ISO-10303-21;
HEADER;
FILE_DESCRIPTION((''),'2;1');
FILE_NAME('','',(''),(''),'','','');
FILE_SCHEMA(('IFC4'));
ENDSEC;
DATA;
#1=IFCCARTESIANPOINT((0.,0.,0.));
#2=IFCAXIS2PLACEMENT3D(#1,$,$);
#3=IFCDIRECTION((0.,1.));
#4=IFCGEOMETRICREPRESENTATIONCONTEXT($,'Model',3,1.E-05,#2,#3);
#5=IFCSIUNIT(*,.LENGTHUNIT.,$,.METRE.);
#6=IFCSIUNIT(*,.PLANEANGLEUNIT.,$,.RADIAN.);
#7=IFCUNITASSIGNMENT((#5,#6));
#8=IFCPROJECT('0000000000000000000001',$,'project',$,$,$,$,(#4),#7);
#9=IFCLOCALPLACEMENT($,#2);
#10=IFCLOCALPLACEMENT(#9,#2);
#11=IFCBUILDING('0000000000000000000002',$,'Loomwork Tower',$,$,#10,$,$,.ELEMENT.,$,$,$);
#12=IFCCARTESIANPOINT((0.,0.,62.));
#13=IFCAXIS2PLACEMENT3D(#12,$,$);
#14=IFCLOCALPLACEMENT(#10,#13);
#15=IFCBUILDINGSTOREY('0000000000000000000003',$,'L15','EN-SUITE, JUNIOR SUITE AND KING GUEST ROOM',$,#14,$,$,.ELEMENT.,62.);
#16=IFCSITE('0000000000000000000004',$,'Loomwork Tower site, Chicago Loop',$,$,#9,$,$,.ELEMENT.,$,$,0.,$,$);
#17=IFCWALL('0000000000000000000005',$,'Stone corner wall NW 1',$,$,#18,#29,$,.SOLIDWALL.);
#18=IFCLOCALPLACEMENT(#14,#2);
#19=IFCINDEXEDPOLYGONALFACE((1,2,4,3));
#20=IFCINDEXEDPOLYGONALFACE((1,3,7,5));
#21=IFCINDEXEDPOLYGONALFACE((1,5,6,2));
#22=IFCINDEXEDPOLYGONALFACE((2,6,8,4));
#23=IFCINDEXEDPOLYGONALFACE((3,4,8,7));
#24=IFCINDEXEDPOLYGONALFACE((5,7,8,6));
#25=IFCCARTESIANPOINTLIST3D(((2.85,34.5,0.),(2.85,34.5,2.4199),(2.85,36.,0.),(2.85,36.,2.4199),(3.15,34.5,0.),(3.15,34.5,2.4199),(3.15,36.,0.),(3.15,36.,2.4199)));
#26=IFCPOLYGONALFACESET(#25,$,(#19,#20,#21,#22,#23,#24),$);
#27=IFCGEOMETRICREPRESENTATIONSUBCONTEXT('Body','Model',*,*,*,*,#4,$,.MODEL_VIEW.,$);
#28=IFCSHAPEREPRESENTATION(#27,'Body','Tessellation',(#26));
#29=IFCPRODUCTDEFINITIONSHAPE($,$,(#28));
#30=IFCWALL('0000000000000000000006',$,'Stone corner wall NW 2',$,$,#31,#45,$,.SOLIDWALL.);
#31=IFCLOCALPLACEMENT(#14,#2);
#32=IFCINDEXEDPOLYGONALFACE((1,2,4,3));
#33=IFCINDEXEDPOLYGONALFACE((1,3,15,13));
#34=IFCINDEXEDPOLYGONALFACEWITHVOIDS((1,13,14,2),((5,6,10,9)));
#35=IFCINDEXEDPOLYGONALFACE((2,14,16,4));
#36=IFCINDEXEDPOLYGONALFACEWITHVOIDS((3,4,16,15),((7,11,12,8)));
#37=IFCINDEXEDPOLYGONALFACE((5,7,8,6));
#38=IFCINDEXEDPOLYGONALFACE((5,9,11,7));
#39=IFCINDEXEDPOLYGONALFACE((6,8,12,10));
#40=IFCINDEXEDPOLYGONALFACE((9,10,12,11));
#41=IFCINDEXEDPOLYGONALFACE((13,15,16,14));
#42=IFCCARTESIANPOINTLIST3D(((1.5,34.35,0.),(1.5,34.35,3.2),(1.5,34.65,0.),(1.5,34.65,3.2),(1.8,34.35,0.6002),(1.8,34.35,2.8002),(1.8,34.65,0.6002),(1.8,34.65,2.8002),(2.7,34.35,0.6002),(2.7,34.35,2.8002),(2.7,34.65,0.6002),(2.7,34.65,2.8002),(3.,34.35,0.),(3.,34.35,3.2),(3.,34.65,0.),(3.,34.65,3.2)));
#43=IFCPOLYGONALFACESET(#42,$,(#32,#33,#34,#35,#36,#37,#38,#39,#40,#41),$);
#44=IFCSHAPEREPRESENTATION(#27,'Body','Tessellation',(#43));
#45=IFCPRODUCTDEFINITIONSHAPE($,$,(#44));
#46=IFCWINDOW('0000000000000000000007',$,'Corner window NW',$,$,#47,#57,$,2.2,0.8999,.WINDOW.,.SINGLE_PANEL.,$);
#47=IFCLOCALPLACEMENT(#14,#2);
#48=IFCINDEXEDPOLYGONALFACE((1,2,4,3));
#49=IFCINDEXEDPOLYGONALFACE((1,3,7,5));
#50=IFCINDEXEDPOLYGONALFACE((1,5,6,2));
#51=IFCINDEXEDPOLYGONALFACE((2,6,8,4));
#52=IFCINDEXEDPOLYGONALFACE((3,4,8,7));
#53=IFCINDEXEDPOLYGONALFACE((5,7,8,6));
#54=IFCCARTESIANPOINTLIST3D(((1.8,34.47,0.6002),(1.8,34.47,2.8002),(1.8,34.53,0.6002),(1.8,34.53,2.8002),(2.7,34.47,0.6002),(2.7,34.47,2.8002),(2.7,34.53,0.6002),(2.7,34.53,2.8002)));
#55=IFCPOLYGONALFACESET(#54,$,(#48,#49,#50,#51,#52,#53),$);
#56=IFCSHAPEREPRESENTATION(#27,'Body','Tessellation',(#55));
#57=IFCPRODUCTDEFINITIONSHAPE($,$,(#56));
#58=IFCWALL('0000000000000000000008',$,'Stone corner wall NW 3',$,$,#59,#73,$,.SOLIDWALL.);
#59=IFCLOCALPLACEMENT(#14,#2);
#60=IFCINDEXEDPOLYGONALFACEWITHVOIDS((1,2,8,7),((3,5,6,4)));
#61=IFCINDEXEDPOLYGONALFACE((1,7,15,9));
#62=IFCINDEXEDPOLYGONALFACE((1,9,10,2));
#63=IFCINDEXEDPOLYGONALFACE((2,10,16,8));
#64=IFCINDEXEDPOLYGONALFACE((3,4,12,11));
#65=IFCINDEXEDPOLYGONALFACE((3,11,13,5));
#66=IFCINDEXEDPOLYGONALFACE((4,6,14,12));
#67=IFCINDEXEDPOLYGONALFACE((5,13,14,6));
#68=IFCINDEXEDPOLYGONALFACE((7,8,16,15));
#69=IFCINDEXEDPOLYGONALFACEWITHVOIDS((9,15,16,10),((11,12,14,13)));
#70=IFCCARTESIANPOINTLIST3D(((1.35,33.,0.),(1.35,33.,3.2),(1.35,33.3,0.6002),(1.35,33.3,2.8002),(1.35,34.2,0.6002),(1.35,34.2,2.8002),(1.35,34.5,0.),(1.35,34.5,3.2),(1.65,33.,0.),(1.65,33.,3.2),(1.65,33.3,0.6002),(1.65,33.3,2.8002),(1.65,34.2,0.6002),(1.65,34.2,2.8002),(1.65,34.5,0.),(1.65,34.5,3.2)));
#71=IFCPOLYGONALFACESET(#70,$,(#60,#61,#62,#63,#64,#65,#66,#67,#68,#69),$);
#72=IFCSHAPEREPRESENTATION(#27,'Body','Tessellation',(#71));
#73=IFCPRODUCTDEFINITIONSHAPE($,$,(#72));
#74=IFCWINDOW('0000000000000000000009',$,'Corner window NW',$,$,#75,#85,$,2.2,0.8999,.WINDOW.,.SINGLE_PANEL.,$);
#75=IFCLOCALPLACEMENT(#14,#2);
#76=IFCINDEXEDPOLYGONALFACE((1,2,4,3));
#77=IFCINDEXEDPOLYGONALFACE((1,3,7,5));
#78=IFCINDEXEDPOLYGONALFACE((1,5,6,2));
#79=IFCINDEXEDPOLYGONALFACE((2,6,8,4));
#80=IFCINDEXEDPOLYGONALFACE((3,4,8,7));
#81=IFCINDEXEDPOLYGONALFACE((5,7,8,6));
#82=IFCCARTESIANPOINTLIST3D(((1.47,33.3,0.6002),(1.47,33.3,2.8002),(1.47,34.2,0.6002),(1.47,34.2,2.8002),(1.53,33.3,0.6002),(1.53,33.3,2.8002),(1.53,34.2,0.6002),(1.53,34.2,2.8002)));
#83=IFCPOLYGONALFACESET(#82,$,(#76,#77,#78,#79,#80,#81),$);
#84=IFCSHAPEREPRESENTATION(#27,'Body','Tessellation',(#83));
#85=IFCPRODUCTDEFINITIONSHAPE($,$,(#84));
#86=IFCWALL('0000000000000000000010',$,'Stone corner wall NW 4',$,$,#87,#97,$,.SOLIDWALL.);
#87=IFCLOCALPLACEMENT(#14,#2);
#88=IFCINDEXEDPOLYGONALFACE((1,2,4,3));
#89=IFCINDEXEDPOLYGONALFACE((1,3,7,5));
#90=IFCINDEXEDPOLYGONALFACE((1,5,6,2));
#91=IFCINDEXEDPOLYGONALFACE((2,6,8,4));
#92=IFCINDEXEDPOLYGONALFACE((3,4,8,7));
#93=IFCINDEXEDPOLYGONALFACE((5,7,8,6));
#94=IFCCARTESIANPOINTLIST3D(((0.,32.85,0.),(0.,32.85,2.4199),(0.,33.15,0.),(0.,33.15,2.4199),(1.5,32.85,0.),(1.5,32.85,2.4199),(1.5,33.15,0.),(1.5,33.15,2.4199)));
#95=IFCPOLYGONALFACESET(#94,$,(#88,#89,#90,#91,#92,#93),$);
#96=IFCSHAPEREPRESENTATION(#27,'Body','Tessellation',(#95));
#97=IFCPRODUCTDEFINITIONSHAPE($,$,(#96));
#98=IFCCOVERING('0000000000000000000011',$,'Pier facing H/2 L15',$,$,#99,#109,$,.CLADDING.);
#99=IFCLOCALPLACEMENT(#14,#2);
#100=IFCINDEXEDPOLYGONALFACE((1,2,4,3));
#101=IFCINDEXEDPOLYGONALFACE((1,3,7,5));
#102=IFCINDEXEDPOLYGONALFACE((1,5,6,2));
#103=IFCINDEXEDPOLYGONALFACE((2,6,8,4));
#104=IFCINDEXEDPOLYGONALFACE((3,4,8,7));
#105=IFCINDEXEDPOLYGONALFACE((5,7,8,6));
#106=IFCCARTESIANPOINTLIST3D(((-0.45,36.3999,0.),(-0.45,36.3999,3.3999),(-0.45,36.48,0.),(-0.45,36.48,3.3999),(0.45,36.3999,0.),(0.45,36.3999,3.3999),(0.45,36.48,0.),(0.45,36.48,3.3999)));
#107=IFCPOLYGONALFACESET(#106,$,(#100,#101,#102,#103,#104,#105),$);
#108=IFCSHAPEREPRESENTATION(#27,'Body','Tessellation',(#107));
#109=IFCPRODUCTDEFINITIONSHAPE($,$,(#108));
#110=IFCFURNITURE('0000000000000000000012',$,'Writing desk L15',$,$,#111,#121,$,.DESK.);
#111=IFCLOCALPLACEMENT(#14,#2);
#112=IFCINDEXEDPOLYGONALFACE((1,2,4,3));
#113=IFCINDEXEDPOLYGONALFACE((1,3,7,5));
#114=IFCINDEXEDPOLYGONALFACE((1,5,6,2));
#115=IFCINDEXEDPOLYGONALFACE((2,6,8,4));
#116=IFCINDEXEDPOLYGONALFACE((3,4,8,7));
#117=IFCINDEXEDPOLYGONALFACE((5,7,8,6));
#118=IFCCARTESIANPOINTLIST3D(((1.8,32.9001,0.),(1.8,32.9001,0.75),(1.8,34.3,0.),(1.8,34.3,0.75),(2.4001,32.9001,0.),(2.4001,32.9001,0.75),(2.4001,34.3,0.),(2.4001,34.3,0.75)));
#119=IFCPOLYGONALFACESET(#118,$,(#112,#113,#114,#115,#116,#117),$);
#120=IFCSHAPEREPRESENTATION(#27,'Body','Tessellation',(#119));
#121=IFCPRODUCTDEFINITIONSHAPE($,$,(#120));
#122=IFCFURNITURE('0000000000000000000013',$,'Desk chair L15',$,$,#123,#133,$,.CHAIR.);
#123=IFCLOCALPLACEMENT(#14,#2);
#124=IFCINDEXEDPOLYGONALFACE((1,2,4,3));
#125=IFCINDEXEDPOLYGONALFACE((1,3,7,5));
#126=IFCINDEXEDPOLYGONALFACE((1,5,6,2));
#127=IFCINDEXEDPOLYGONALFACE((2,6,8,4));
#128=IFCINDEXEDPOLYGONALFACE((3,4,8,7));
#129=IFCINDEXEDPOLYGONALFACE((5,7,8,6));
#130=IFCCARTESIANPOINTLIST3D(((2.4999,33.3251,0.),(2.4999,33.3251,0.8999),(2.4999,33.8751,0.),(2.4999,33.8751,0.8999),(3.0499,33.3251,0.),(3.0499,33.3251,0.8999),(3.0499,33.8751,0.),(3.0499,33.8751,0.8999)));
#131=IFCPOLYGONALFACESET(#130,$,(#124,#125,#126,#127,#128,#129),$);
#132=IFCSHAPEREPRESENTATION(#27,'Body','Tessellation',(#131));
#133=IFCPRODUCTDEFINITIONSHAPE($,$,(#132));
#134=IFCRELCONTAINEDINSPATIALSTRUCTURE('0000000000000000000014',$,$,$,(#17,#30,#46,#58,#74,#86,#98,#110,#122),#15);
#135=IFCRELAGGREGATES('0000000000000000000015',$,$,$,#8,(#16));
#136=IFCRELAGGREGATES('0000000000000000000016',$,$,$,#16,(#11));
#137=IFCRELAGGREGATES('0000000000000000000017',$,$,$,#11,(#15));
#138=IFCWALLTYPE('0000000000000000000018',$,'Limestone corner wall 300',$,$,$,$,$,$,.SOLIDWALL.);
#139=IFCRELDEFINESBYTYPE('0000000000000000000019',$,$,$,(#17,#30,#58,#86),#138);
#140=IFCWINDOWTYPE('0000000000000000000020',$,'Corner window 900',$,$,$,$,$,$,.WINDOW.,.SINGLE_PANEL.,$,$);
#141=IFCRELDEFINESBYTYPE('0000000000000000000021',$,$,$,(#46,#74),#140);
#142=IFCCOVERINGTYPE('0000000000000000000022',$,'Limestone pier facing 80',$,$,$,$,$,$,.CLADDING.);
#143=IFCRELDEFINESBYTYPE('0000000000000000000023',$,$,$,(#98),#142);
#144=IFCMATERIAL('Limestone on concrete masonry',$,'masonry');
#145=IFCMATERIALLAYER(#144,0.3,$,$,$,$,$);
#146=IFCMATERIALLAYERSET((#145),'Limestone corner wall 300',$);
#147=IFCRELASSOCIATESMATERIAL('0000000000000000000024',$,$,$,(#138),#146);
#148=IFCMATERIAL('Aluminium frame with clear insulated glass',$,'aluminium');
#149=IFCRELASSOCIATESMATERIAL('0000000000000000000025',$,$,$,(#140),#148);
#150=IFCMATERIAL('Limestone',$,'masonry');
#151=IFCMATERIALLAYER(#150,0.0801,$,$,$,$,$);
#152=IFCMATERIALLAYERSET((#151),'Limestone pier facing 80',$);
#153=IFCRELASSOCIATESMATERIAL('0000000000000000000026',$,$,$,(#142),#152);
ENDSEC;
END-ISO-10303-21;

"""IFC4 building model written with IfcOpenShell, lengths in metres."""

from ifc_helpers import new_model, si_unit, direction, frame, frame_2d, origin, origin_2d, place, context, subcontext, project, spatial, rectangle, extrude, material, layer, layer_set, type_object, element, fill, save


model = new_model("IFC4")

# Units and contexts
model_context = context("Model", 3, precision=1e-05, world=origin(), true_north=direction((0.0, 1.0)))
body_context = subcontext(model_context, "Body", "Model", "MODEL_VIEW")
ifc_project = project(units=[si_unit("LENGTHUNIT", "METRE"), si_unit("PLANEANGLEUNIT", "RADIAN")], contexts=[model_context])

# Site, building, storey
site_placement = place(None, origin())
site = spatial("IfcSite", under=ifc_project, at=site_placement, Name="Loomwork Tower site, Chicago Loop", CompositionType="ELEMENT", RefElevation=0.0)
building_placement = place(site_placement, origin())
building = spatial("IfcBuilding", under=site, at=building_placement, Name="Loomwork Tower", CompositionType="ELEMENT")
storey_placement = place(building_placement, frame((0.0, 0.0, 62.0)))
storey = spatial("IfcBuildingStorey", under=building, at=storey_placement, Name="L15", Description="EN-SUITE, JUNIOR SUITE AND KING GUEST ROOM", CompositionType="ELEMENT", Elevation=62.0)

# Wall
ifc_material_1 = material(Name="Limestone on concrete masonry", Category="masonry")
ifc_layer_1 = layer(ifc_material_1, 0.3)
ifc_layer_set_1 = layer_set([ifc_layer_1], Name="Limestone corner wall 300")
wall_type_1 = type_object("IfcWallType", Name="Limestone corner wall 300", PredefinedType="SOLIDWALL", material=ifc_layer_set_1)
wall_1_placement = place(storey_placement, frame((3.0, 36.0, 0.0), z_axis=(0.0, 0.0, 1.0), x_axis=(0.0, -1.0, 0.0)))
element("IfcWall", 1, at=wall_1_placement, inside=storey, type_object=wall_type_1, Name="Stone corner wall NW 1", PredefinedType="SOLIDWALL", context=body_context, shape_type="SweptSolid", body=[
    extrude(rectangle(XDim=1.5, YDim=0.3, at=frame_2d((0.75, 0.0))), origin(), (0.0, 0.0, 1.0), 2.4199),
])

# Walls, openings, windows
wall_2_placement = place(storey_placement, frame((3.0, 34.5, 0.0), z_axis=(0.0, 0.0, 1.0), x_axis=(-1.0, 0.0, 0.0)))
wall_2 = element("IfcWall", 2, at=wall_2_placement, inside=storey, type_object=wall_type_1, Name="Stone corner wall NW 2", PredefinedType="SOLIDWALL", context=body_context, shape_type="SweptSolid", body=[
    extrude(rectangle(XDim=1.5, YDim=0.3, at=frame_2d((0.75, 0.0))), origin(), (0.0, 0.0, 1.0), 3.2),
])
opening_1_placement = place(wall_2_placement, frame((0.3, 0.0, 0.6001)))
opening_1 = element("IfcOpeningElement", 3, at=opening_1_placement, cuts=wall_2, PredefinedType="OPENING", context=body_context, shape_type="SweptSolid", body=[
    extrude(rectangle(XDim=0.8999, YDim=2.2, at=frame_2d((0.45, 1.1001))), frame((0.0, 0.1599, 0.0), z_axis=(0.0, -1.0, 0.0), x_axis=(1.0, 0.0, 0.0)), (0.0, 0.0, 1.0), 0.3201),
])
ifc_material_2 = material(Name="Aluminium frame with clear insulated glass", Category="aluminium")
window_type_1 = type_object("IfcWindowType", Name="Corner window 900", PartitioningType="SINGLE_PANEL", PredefinedType="WINDOW", material=ifc_material_2)
window_1_placement = place(opening_1_placement, origin())
window_1 = element("IfcWindow", 4, at=window_1_placement, inside=storey, type_object=window_type_1, Name="Corner window NW", OverallHeight=2.2, OverallWidth=0.8999, PartitioningType="SINGLE_PANEL", PredefinedType="WINDOW", context=body_context, shape_type="SweptSolid", body=[
    extrude(rectangle(XDim=0.8999, YDim=2.2, at=frame_2d((0.45, 1.1001))), frame((0.0, 0.03, 0.0), z_axis=(0.0, -1.0, 0.0), x_axis=(1.0, 0.0, 0.0)), (0.0, 0.0, 1.0), 0.0601),
])
fill(opening_1, window_1)
wall_3_placement = place(storey_placement, frame((1.5, 34.5, 0.0), z_axis=(0.0, 0.0, 1.0), x_axis=(0.0, -1.0, 0.0)))
wall_3 = element("IfcWall", 5, at=wall_3_placement, inside=storey, type_object=wall_type_1, Name="Stone corner wall NW 3", PredefinedType="SOLIDWALL", context=body_context, shape_type="SweptSolid", body=[
    extrude(rectangle(XDim=1.5, YDim=0.3, at=frame_2d((0.75, 0.0))), origin(), (0.0, 0.0, 1.0), 3.2),
])
opening_2_placement = place(wall_3_placement, frame((0.3, 0.0, 0.6001)))
opening_2 = element("IfcOpeningElement", 6, at=opening_2_placement, cuts=wall_3, PredefinedType="OPENING", context=body_context, shape_type="SweptSolid", body=[
    extrude(rectangle(XDim=0.8999, YDim=2.2, at=frame_2d((0.45, 1.1001))), frame((0.0, 0.1599, 0.0), z_axis=(0.0, -1.0, 0.0), x_axis=(1.0, 0.0, 0.0)), (0.0, 0.0, 1.0), 0.3201),
])
window_2_placement = place(opening_2_placement, origin())
window_2 = element("IfcWindow", 7, at=window_2_placement, inside=storey, type_object=window_type_1, Name="Corner window NW", OverallHeight=2.2, OverallWidth=0.8999, PartitioningType="SINGLE_PANEL", PredefinedType="WINDOW", context=body_context, shape_type="SweptSolid", body=[
    extrude(rectangle(XDim=0.8999, YDim=2.2, at=frame_2d((0.45, 1.1001))), frame((0.0, 0.03, 0.0), z_axis=(0.0, -1.0, 0.0), x_axis=(1.0, 0.0, 0.0)), (0.0, 0.0, 1.0), 0.0601),
])
fill(opening_2, window_2)

# Wall
wall_4_placement = place(storey_placement, frame((1.5, 33.0, 0.0), z_axis=(0.0, 0.0, 1.0), x_axis=(-1.0, 0.0, 0.0)))
element("IfcWall", 8, at=wall_4_placement, inside=storey, type_object=wall_type_1, Name="Stone corner wall NW 4", PredefinedType="SOLIDWALL", context=body_context, shape_type="SweptSolid", body=[
    extrude(rectangle(XDim=1.5, YDim=0.3, at=frame_2d((0.75, 0.0))), origin(), (0.0, 0.0, 1.0), 2.4199),
])

# Covering
ifc_material_3 = material(Name="Limestone", Category="masonry")
ifc_layer_2 = layer(ifc_material_3, 0.0801)
ifc_layer_set_2 = layer_set([ifc_layer_2], Name="Limestone pier facing 80")
covering_type = type_object("IfcCoveringType", Name="Limestone pier facing 80", PredefinedType="CLADDING", material=ifc_layer_set_2)
covering_placement = place(storey_placement, frame((0.0, 36.4399, 0.0), z_axis=(0.0, 0.0, 1.0), x_axis=(1.0, 0.0, 0.0)))
element("IfcCovering", 9, at=covering_placement, inside=storey, type_object=covering_type, Name="Pier facing H/2 L15", PredefinedType="CLADDING", context=body_context, shape_type="SweptSolid", body=[
    extrude(rectangle(XDim=0.8999, YDim=0.0801, at=origin_2d()), origin(), (0.0, 0.0, 1.0), 3.3999),
])

# Furniture
furniture_1_placement = place(storey_placement, frame((2.1001, 33.6001, 0.0), z_axis=(0.0, 0.0, 1.0), x_axis=(1.0, 0.0, 0.0)))
element("IfcFurniture", 10, at=furniture_1_placement, inside=storey, Name="Writing desk L15", PredefinedType="DESK", context=body_context, shape_type="SweptSolid", body=[
    extrude(rectangle(XDim=0.6001, YDim=1.3999, at=origin_2d()), origin(), (0.0, 0.0, 1.0), 0.75),
])
furniture_2_placement = place(storey_placement, frame((2.7749, 33.6001, 0.0), z_axis=(0.0, 0.0, 1.0), x_axis=(1.0, 0.0, 0.0)))
element("IfcFurniture", 11, at=furniture_2_placement, inside=storey, Name="Desk chair L15", PredefinedType="CHAIR", context=body_context, shape_type="SweptSolid", body=[
    extrude(rectangle(XDim=0.55, YDim=0.55, at=origin_2d()), origin(), (0.0, 0.0, 1.0), 0.8999),
])

save(model, "model.ifc")
